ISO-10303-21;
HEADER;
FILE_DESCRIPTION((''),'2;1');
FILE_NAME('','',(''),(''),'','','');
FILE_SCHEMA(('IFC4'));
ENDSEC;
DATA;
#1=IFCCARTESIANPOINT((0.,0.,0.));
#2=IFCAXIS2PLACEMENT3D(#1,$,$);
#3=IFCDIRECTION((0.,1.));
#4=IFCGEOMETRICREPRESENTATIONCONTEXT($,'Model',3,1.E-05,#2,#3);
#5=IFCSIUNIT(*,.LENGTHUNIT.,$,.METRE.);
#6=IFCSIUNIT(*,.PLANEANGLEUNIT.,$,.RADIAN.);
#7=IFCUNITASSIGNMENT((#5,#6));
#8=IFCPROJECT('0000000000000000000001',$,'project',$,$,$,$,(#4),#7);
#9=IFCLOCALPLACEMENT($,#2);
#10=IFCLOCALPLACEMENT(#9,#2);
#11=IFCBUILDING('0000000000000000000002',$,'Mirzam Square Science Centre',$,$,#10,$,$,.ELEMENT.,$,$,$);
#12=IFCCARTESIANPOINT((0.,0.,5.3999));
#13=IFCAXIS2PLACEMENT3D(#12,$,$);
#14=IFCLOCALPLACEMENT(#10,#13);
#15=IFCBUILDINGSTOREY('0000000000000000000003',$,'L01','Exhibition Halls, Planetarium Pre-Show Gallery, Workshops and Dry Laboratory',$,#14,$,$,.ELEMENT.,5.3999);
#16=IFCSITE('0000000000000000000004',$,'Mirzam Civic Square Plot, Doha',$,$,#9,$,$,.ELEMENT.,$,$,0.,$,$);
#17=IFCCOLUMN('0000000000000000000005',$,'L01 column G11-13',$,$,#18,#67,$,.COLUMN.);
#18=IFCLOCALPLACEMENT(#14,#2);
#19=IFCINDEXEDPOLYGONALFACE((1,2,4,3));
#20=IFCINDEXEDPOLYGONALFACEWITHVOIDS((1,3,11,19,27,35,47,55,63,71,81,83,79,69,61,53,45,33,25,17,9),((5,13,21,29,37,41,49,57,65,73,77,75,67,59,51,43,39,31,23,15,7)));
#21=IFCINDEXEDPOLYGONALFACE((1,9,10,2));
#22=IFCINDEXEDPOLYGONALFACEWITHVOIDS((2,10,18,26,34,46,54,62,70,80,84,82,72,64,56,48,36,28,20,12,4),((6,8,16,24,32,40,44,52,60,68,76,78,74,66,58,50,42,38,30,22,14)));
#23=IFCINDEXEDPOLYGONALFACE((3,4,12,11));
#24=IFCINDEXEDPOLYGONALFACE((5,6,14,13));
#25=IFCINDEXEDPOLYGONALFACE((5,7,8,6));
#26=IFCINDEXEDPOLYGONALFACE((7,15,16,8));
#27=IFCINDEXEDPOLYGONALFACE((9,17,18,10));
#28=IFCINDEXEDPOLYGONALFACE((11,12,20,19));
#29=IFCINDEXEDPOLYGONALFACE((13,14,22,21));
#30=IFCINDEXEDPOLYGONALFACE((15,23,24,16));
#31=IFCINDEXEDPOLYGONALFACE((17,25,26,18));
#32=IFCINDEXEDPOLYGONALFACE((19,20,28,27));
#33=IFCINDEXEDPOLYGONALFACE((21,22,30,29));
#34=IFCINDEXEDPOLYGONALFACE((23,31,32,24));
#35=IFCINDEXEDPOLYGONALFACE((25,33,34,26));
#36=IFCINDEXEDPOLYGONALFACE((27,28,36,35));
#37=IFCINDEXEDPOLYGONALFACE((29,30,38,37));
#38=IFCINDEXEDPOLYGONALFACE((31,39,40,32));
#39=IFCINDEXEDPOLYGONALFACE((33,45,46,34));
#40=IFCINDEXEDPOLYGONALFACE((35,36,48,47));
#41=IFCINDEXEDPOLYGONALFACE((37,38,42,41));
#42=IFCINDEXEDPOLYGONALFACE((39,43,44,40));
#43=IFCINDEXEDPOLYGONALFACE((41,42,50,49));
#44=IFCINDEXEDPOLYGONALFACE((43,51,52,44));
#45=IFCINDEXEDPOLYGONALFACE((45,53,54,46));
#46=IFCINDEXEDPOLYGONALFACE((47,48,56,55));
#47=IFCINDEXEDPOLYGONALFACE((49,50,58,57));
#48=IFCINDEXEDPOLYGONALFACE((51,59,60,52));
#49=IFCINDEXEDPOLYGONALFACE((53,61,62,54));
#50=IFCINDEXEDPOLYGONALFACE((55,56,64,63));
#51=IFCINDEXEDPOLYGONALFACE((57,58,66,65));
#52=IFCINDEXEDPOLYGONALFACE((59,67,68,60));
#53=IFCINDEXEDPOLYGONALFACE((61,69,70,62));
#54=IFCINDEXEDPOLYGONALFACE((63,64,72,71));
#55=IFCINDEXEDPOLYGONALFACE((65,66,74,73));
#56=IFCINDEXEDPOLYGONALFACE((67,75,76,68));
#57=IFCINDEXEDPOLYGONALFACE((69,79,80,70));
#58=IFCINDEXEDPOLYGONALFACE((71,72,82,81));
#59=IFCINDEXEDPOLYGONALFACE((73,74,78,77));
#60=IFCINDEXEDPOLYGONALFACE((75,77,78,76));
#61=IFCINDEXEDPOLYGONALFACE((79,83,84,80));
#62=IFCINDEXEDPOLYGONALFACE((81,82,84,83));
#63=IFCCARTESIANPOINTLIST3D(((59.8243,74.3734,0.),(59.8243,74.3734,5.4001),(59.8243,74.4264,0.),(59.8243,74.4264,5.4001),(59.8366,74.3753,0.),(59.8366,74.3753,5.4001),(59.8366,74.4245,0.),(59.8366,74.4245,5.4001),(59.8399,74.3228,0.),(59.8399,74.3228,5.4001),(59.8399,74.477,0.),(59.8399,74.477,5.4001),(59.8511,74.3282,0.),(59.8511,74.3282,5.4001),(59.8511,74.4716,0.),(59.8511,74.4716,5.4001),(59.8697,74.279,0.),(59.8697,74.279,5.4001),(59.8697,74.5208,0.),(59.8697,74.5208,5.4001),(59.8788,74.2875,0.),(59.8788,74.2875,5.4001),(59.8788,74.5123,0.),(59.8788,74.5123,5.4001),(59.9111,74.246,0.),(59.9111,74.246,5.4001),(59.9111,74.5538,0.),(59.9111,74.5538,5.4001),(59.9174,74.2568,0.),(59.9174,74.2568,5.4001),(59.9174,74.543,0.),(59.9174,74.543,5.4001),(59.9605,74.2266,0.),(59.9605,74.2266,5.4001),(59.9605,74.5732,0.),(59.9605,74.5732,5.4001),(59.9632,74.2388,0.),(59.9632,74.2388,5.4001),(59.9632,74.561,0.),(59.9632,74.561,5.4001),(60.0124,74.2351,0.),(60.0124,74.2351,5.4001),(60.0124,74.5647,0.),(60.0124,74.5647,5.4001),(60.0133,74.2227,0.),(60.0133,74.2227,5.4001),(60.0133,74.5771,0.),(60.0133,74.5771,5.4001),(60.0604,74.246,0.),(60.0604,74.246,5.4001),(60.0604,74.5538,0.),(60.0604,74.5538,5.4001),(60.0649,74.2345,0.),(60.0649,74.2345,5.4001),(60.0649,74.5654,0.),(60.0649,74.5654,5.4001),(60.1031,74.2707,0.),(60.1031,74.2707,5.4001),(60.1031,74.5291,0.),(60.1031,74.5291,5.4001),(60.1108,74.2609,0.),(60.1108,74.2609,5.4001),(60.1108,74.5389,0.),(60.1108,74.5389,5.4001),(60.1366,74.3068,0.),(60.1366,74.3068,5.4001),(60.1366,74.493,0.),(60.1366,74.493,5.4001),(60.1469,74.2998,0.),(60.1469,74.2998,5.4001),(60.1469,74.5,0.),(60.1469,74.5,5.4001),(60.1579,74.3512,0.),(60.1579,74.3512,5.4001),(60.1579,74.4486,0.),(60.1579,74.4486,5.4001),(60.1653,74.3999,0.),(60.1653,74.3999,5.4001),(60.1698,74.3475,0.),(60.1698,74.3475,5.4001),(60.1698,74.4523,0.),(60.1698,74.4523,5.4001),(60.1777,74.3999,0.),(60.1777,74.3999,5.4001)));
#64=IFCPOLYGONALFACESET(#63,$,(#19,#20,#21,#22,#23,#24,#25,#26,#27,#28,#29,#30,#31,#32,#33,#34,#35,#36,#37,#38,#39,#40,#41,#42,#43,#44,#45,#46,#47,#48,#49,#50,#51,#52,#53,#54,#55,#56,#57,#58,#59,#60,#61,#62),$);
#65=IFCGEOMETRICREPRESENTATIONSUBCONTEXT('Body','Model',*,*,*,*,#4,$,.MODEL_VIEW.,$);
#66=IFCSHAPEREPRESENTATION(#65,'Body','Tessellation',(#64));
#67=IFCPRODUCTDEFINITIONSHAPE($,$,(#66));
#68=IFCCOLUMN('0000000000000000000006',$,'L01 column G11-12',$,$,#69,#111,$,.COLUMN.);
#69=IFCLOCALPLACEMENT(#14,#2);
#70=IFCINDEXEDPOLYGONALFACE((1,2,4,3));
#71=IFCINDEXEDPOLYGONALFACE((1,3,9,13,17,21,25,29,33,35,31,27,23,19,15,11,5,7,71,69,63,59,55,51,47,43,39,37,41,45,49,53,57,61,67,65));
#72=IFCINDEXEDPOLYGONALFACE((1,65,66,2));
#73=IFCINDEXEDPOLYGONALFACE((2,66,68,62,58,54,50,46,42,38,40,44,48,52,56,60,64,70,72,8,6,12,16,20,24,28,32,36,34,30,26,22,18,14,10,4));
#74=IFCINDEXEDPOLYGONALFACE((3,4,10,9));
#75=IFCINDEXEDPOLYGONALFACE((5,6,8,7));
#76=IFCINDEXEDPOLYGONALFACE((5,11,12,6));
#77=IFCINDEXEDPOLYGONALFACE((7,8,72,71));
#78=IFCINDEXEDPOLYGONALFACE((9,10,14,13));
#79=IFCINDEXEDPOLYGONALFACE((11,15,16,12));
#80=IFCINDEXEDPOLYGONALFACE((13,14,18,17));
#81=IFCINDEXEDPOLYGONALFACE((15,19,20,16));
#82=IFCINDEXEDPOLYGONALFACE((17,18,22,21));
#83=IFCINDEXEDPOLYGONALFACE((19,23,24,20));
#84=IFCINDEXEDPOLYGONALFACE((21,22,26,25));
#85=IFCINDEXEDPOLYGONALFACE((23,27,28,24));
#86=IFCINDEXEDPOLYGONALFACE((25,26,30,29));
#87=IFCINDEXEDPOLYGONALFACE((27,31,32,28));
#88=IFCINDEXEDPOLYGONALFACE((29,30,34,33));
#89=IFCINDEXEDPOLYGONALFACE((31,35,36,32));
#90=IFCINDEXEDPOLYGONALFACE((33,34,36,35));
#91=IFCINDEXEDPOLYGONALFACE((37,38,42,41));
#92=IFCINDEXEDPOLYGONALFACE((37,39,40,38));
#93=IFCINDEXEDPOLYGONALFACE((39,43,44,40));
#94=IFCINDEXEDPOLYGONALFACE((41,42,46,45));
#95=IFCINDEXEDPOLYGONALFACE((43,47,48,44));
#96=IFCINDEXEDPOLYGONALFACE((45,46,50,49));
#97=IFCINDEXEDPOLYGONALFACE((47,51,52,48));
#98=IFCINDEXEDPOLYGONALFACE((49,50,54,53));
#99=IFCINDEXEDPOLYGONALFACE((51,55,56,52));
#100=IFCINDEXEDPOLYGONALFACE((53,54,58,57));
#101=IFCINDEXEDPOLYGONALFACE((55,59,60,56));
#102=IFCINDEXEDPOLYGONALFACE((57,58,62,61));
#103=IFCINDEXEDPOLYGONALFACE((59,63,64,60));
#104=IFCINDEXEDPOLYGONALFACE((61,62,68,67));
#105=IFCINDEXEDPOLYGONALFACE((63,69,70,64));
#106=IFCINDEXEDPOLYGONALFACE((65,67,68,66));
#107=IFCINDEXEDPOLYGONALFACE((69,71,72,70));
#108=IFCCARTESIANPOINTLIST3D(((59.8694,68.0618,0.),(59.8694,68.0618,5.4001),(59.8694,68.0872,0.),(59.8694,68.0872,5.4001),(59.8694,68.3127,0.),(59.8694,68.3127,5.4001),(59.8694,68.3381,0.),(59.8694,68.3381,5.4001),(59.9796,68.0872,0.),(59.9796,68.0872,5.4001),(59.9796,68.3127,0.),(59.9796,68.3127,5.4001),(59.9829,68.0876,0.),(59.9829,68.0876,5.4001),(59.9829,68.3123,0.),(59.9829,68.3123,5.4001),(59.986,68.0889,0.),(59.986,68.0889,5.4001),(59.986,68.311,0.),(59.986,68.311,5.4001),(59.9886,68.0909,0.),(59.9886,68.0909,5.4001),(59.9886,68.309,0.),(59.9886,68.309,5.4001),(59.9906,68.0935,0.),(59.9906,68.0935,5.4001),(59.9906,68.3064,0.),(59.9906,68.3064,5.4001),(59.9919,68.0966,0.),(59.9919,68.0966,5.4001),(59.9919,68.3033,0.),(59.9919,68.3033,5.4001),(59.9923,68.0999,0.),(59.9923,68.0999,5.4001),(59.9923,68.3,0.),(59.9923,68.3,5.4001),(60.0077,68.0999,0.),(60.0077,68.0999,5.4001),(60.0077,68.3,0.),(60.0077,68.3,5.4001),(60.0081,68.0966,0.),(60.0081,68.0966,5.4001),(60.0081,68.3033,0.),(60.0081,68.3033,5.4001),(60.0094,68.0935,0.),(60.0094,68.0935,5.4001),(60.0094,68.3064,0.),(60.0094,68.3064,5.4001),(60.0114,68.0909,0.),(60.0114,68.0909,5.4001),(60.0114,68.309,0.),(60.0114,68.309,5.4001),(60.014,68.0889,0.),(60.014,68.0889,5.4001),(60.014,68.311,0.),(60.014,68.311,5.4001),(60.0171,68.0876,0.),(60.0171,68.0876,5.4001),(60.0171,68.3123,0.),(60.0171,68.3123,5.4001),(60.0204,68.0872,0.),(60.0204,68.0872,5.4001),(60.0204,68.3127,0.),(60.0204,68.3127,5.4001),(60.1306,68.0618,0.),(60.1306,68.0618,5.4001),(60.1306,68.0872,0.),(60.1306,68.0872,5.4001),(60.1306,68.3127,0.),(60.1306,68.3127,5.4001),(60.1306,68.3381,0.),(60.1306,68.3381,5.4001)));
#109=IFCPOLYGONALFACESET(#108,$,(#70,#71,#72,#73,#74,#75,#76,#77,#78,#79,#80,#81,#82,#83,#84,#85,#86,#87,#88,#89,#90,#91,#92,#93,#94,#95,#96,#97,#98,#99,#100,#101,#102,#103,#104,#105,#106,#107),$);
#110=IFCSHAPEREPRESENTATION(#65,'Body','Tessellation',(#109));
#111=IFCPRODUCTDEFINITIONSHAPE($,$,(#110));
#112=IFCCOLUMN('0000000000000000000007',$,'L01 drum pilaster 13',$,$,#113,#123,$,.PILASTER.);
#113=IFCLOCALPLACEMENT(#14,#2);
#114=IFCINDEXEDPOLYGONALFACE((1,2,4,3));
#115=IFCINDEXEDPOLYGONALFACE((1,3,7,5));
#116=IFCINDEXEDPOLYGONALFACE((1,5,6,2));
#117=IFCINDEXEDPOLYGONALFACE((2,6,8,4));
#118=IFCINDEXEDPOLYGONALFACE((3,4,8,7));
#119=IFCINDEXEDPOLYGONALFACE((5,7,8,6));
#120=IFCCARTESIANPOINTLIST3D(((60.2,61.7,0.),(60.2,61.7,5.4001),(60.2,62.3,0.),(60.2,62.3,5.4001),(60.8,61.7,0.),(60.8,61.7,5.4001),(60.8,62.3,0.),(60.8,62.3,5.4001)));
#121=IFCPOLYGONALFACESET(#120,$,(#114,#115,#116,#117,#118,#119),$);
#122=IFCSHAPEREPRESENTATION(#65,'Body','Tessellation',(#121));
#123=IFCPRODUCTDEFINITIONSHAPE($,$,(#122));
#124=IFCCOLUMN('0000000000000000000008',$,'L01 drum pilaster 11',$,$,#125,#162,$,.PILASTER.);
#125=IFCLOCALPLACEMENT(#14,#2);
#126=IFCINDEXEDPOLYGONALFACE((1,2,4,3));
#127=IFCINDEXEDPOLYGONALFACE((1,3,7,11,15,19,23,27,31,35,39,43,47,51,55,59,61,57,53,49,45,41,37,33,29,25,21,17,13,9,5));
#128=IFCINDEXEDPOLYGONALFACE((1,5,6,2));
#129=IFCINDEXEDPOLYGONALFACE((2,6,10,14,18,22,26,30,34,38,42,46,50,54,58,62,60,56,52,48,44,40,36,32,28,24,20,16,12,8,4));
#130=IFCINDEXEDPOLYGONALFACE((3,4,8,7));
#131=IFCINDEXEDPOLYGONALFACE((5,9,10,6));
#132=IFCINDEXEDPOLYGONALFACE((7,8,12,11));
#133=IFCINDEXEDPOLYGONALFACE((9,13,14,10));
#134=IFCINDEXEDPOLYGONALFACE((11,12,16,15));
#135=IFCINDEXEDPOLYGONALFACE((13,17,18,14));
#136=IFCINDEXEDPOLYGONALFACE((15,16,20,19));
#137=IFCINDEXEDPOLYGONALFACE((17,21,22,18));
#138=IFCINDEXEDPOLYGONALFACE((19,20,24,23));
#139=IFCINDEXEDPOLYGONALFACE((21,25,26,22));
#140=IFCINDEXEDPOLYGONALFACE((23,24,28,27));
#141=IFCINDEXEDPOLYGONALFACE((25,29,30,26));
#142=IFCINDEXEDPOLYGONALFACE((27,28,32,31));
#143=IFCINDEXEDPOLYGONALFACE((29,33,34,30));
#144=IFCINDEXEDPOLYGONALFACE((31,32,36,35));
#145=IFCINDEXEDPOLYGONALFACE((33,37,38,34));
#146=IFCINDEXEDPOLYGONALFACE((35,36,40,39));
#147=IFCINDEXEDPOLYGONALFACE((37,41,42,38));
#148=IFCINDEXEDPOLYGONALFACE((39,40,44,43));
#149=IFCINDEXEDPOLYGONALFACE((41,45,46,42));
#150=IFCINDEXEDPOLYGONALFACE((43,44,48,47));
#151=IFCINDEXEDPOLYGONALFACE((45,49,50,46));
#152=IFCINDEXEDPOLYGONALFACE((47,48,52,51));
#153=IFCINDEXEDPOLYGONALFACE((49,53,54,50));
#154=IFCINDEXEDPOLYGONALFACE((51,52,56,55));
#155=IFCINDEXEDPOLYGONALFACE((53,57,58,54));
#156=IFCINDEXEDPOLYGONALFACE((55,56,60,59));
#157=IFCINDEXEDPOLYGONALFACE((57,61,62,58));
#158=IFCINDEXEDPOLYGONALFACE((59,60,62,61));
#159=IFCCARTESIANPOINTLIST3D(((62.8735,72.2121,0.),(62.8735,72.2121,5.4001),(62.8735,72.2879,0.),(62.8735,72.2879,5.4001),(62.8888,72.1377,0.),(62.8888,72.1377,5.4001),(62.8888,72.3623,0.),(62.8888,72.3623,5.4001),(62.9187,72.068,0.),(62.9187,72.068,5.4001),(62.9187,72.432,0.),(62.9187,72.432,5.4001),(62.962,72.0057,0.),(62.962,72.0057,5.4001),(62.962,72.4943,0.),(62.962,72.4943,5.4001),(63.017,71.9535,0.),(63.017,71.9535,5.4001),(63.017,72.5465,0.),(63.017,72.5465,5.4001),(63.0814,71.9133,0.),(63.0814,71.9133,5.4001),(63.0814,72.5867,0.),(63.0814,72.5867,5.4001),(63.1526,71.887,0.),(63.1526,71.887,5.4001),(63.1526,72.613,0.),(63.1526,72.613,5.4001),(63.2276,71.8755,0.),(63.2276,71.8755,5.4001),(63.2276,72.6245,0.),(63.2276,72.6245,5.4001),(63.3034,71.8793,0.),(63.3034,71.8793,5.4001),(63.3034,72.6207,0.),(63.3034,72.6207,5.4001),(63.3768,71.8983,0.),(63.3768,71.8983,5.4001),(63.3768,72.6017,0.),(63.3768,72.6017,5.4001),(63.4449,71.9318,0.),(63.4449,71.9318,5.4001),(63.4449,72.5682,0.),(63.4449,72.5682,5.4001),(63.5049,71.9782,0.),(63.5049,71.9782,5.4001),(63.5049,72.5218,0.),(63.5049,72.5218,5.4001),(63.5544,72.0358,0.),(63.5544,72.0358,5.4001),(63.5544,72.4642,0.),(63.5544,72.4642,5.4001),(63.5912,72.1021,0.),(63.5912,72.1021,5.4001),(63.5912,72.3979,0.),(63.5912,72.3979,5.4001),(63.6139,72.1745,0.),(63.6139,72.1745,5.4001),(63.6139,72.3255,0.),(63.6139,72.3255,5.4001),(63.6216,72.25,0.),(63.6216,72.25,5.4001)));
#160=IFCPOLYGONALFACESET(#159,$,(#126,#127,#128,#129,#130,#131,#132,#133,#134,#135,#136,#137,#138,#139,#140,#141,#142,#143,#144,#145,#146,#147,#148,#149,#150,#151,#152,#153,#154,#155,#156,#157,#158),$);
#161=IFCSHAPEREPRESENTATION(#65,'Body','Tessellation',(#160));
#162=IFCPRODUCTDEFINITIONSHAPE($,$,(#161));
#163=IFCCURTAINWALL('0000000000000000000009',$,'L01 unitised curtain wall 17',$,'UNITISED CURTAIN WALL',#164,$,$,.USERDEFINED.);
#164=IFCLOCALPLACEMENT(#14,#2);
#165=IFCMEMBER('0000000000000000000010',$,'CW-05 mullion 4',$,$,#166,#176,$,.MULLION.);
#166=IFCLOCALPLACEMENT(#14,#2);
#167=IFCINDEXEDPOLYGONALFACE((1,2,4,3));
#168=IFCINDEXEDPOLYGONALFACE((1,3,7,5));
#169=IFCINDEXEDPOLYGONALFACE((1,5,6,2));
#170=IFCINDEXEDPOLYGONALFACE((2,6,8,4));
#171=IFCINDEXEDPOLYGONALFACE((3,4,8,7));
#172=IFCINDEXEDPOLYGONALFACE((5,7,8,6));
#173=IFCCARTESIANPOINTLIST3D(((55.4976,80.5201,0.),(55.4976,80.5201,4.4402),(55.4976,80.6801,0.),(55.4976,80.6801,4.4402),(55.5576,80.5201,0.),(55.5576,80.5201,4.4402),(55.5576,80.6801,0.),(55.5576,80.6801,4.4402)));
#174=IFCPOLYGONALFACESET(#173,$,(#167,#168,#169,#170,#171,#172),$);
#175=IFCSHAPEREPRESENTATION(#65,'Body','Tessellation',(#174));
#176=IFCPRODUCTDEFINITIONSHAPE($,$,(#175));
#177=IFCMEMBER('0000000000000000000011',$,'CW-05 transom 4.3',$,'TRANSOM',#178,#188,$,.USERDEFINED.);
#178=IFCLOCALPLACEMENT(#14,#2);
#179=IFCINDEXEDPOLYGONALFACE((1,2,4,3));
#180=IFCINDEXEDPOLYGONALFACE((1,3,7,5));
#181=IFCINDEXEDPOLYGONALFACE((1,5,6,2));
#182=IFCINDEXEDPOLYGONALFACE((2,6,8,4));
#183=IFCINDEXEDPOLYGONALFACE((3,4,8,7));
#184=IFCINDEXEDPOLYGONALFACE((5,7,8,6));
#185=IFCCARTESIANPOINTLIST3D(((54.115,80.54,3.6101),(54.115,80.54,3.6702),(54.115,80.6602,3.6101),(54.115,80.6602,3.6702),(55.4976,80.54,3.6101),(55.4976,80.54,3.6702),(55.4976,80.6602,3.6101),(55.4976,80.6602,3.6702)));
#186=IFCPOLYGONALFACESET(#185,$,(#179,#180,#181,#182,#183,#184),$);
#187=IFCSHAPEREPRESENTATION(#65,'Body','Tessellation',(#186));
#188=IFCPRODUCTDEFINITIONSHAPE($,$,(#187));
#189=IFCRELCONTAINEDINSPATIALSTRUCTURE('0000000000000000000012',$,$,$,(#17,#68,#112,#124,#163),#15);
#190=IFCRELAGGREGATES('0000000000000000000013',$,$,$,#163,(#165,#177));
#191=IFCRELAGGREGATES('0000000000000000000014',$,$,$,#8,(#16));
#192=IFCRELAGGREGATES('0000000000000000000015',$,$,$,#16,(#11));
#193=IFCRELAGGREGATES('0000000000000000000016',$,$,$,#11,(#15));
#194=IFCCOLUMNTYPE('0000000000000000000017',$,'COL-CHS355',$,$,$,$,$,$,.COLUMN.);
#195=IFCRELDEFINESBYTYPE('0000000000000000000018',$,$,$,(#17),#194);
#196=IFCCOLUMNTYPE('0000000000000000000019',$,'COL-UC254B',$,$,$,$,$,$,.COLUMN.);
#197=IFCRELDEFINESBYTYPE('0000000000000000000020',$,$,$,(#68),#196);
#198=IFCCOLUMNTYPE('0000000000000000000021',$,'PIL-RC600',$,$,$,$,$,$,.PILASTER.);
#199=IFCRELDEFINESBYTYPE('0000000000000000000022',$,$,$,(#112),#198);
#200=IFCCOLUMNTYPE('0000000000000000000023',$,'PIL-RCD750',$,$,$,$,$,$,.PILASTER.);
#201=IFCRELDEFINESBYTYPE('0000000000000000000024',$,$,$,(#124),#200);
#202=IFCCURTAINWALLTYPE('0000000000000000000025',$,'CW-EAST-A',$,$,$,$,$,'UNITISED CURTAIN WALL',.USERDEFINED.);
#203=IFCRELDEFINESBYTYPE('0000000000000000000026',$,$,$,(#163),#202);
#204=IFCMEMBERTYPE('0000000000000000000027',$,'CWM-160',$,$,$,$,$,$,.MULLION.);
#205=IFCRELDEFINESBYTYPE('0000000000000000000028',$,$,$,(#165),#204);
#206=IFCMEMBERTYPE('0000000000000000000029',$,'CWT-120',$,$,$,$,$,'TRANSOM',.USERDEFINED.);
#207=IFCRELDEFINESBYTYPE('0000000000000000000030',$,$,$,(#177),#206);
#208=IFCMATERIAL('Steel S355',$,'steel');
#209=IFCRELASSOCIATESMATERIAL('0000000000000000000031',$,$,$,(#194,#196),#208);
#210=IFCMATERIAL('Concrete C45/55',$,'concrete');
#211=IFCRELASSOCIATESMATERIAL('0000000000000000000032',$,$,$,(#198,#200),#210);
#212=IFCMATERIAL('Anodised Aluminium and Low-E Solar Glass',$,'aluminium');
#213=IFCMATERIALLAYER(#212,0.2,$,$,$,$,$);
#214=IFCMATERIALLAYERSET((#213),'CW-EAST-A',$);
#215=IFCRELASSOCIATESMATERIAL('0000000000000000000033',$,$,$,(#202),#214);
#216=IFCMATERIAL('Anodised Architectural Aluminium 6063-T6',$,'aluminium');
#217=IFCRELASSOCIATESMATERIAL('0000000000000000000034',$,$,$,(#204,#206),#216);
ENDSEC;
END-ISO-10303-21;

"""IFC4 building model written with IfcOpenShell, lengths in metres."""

from ifc_helpers import new_model, si_unit, direction, frame, origin, origin_2d, place, context, subcontext, project, spatial, rectangle, circle, hollow_circle, i_section, extrude, material, layer, layer_set, material_profile, profile_set, type_object, element, aggregate, save


model = new_model("IFC4")

# Units and contexts
model_context = context("Model", 3, precision=1e-05, world=origin(), true_north=direction((0.0, 1.0)))
body_context = subcontext(model_context, "Body", "Model", "MODEL_VIEW")
ifc_project = project(units=[si_unit("LENGTHUNIT", "METRE"), si_unit("PLANEANGLEUNIT", "RADIAN")], contexts=[model_context])

# Site, building, storey
site_placement = place(None, origin())
site = spatial("IfcSite", under=ifc_project, at=site_placement, Name="Mirzam Civic Square Plot, Doha", CompositionType="ELEMENT", RefElevation=0.0)
building_placement = place(site_placement, origin())
building = spatial("IfcBuilding", under=site, at=building_placement, Name="Mirzam Square Science Centre", CompositionType="ELEMENT")
storey_placement = place(building_placement, frame((0.0, 0.0, 5.3999)))
storey = spatial("IfcBuildingStorey", under=building, at=storey_placement, Name="L01", Description="Exhibition Halls, Planetarium Pre-Show Gallery, Workshops and Dry Laboratory", CompositionType="ELEMENT", Elevation=5.3999)

# Columns
ifc_material_1 = material(Name="Steel S355", Category="steel")
ifc_material_profile_1 = material_profile(ifc_material_1, hollow_circle(Radius=0.1777, WallThickness=0.0125, at=origin_2d()), Name="355.6x12.5CHS")
ifc_profile_set_1 = profile_set([ifc_material_profile_1], Name="Steel S355")
column_type_1 = type_object("IfcColumnType", Name="COL-CHS355", PredefinedType="COLUMN", material=ifc_profile_set_1)
column_1_placement = place(storey_placement, frame((60.0, 74.3999, 0.0), z_axis=(0.0, 0.0, 1.0), x_axis=(1.0, 0.0, 0.0)))
element("IfcColumn", 1, at=column_1_placement, inside=storey, type_object=column_type_1, Name="L01 column G11-13", PredefinedType="COLUMN", context=body_context, shape_type="SweptSolid", body=[
    extrude(hollow_circle(Radius=0.1777, WallThickness=0.0125, at=origin_2d()), origin(), (0.0, 0.0, 1.0), 5.4001),
])
ifc_material_profile_2 = material_profile(ifc_material_1, i_section(OverallWidth=0.2612, OverallDepth=0.2764, WebThickness=0.0154, FlangeThickness=0.0254, FilletRadius=0.0127, at=origin_2d()), Name="254x254x132UC")
ifc_profile_set_2 = profile_set([ifc_material_profile_2], Name="Steel S355")
column_type_2 = type_object("IfcColumnType", Name="COL-UC254B", PredefinedType="COLUMN", material=ifc_profile_set_2)
column_2_placement = place(storey_placement, frame((60.0, 68.2, 0.0), z_axis=(0.0, 0.0, 1.0), x_axis=(1.0, 0.0, 0.0)))
element("IfcColumn", 2, at=column_2_placement, inside=storey, type_object=column_type_2, Name="L01 column G11-12", PredefinedType="COLUMN", context=body_context, shape_type="SweptSolid", body=[
    extrude(i_section(OverallWidth=0.2612, OverallDepth=0.2764, WebThickness=0.0154, FlangeThickness=0.0254, FilletRadius=0.0127, at=origin_2d()), origin(), (0.0, 0.0, 1.0), 5.4001),
])
ifc_material_2 = material(Name="Concrete C45/55", Category="concrete")
ifc_material_profile_3 = material_profile(ifc_material_2, rectangle(XDim=0.6001, YDim=0.6001, at=origin_2d()), Name="RC600x600")
ifc_profile_set_3 = profile_set([ifc_material_profile_3], Name="Concrete C45/55")
column_type_3 = type_object("IfcColumnType", Name="PIL-RC600", PredefinedType="PILASTER", material=ifc_profile_set_3)
column_3_placement = place(storey_placement, frame((60.5, 62.0, 0.0), z_axis=(0.0, 0.0, 1.0), x_axis=(1.0, 0.0, 0.0)))
element("IfcColumn", 3, at=column_3_placement, inside=storey, type_object=column_type_3, Name="L01 drum pilaster 13", PredefinedType="PILASTER", context=body_context, shape_type="SweptSolid", body=[
    extrude(rectangle(XDim=0.6001, YDim=0.6001, at=origin_2d()), origin(), (0.0, 0.0, 1.0), 5.4001),
])
ifc_material_profile_4 = material_profile(ifc_material_2, circle(Radius=0.375, at=origin_2d()), Name="RCD750")
ifc_profile_set_4 = profile_set([ifc_material_profile_4], Name="Concrete C45/55")
column_type_4 = type_object("IfcColumnType", Name="PIL-RCD750", PredefinedType="PILASTER", material=ifc_profile_set_4)
column_4_placement = place(storey_placement, frame((63.2466, 72.25, 0.0), z_axis=(0.0, 0.0, 1.0), x_axis=(1.0, 0.0, 0.0)))
element("IfcColumn", 4, at=column_4_placement, inside=storey, type_object=column_type_4, Name="L01 drum pilaster 11", PredefinedType="PILASTER", context=body_context, shape_type="SweptSolid", body=[
    extrude(circle(Radius=0.375, at=origin_2d()), origin(), (0.0, 0.0, 1.0), 5.4001),
])

# Curtain wall, members
ifc_material_3 = material(Name="Anodised Aluminium and Low-E Solar Glass", Category="aluminium")
ifc_layer_1 = layer(ifc_material_3, 0.2)
ifc_layer_set_1 = layer_set([ifc_layer_1], Name="CW-EAST-A")
curtain_wall_type = type_object("IfcCurtainWallType", Name="CW-EAST-A", ElementType="UNITISED CURTAIN WALL", PredefinedType="USERDEFINED", material=ifc_layer_set_1)
curtain_wall_placement = place(storey_placement, origin())
curtain_wall = element("IfcCurtainWall", 5, at=curtain_wall_placement, inside=storey, type_object=curtain_wall_type, Name="L01 unitised curtain wall 17", ObjectType="UNITISED CURTAIN WALL", PredefinedType="USERDEFINED")
ifc_material_4 = material(Name="Anodised Architectural Aluminium 6063-T6", Category="aluminium")
ifc_material_profile_5 = material_profile(ifc_material_4, rectangle(XDim=0.0601, YDim=0.1599, at=origin_2d()), Name="ALU-MULL-160x60x4")
ifc_profile_set_5 = profile_set([ifc_material_profile_5], Name="Anodised Architectural Aluminium 6063-T6")
member_type_1 = type_object("IfcMemberType", Name="CWM-160", PredefinedType="MULLION", material=ifc_profile_set_5)
member_1_placement = place(storey_placement, frame((55.5276, 80.6001, 0.0), z_axis=(0.0, 0.0, 1.0), x_axis=(-1.0, 0.0, 0.0)))
member_1 = element("IfcMember", 6, at=member_1_placement, type_object=member_type_1, Name="CW-05 mullion 4", PredefinedType="MULLION", context=body_context, shape_type="SweptSolid", body=[
    extrude(rectangle(XDim=0.0601, YDim=0.1599, at=origin_2d()), origin(), (0.0, 0.0, 1.0), 4.4402),
])
ifc_material_profile_6 = material_profile(ifc_material_4, rectangle(XDim=0.1201, YDim=0.0601, at=origin_2d()), Name="ALU-TRAN-120x60x4")
ifc_profile_set_6 = profile_set([ifc_material_profile_6], Name="Anodised Architectural Aluminium 6063-T6")
member_type_2 = type_object("IfcMemberType", Name="CWT-120", ElementType="TRANSOM", PredefinedType="USERDEFINED", material=ifc_profile_set_6)
member_2_placement = place(storey_placement, frame((55.4976, 80.6001, 3.6401), z_axis=(-1.0, 0.0, 0.0), x_axis=(0.0, -1.0, 0.0)))
member_2 = element("IfcMember", 7, at=member_2_placement, type_object=member_type_2, Name="CW-05 transom 4.3", ObjectType="TRANSOM", PredefinedType="USERDEFINED", context=body_context, shape_type="SweptSolid", body=[
    extrude(rectangle(XDim=0.1201, YDim=0.0601, at=origin_2d()), origin(), (0.0, 0.0, 1.0), 1.3826),
])

aggregate(curtain_wall, [member_1, member_2])

save(model, "model.ifc")
